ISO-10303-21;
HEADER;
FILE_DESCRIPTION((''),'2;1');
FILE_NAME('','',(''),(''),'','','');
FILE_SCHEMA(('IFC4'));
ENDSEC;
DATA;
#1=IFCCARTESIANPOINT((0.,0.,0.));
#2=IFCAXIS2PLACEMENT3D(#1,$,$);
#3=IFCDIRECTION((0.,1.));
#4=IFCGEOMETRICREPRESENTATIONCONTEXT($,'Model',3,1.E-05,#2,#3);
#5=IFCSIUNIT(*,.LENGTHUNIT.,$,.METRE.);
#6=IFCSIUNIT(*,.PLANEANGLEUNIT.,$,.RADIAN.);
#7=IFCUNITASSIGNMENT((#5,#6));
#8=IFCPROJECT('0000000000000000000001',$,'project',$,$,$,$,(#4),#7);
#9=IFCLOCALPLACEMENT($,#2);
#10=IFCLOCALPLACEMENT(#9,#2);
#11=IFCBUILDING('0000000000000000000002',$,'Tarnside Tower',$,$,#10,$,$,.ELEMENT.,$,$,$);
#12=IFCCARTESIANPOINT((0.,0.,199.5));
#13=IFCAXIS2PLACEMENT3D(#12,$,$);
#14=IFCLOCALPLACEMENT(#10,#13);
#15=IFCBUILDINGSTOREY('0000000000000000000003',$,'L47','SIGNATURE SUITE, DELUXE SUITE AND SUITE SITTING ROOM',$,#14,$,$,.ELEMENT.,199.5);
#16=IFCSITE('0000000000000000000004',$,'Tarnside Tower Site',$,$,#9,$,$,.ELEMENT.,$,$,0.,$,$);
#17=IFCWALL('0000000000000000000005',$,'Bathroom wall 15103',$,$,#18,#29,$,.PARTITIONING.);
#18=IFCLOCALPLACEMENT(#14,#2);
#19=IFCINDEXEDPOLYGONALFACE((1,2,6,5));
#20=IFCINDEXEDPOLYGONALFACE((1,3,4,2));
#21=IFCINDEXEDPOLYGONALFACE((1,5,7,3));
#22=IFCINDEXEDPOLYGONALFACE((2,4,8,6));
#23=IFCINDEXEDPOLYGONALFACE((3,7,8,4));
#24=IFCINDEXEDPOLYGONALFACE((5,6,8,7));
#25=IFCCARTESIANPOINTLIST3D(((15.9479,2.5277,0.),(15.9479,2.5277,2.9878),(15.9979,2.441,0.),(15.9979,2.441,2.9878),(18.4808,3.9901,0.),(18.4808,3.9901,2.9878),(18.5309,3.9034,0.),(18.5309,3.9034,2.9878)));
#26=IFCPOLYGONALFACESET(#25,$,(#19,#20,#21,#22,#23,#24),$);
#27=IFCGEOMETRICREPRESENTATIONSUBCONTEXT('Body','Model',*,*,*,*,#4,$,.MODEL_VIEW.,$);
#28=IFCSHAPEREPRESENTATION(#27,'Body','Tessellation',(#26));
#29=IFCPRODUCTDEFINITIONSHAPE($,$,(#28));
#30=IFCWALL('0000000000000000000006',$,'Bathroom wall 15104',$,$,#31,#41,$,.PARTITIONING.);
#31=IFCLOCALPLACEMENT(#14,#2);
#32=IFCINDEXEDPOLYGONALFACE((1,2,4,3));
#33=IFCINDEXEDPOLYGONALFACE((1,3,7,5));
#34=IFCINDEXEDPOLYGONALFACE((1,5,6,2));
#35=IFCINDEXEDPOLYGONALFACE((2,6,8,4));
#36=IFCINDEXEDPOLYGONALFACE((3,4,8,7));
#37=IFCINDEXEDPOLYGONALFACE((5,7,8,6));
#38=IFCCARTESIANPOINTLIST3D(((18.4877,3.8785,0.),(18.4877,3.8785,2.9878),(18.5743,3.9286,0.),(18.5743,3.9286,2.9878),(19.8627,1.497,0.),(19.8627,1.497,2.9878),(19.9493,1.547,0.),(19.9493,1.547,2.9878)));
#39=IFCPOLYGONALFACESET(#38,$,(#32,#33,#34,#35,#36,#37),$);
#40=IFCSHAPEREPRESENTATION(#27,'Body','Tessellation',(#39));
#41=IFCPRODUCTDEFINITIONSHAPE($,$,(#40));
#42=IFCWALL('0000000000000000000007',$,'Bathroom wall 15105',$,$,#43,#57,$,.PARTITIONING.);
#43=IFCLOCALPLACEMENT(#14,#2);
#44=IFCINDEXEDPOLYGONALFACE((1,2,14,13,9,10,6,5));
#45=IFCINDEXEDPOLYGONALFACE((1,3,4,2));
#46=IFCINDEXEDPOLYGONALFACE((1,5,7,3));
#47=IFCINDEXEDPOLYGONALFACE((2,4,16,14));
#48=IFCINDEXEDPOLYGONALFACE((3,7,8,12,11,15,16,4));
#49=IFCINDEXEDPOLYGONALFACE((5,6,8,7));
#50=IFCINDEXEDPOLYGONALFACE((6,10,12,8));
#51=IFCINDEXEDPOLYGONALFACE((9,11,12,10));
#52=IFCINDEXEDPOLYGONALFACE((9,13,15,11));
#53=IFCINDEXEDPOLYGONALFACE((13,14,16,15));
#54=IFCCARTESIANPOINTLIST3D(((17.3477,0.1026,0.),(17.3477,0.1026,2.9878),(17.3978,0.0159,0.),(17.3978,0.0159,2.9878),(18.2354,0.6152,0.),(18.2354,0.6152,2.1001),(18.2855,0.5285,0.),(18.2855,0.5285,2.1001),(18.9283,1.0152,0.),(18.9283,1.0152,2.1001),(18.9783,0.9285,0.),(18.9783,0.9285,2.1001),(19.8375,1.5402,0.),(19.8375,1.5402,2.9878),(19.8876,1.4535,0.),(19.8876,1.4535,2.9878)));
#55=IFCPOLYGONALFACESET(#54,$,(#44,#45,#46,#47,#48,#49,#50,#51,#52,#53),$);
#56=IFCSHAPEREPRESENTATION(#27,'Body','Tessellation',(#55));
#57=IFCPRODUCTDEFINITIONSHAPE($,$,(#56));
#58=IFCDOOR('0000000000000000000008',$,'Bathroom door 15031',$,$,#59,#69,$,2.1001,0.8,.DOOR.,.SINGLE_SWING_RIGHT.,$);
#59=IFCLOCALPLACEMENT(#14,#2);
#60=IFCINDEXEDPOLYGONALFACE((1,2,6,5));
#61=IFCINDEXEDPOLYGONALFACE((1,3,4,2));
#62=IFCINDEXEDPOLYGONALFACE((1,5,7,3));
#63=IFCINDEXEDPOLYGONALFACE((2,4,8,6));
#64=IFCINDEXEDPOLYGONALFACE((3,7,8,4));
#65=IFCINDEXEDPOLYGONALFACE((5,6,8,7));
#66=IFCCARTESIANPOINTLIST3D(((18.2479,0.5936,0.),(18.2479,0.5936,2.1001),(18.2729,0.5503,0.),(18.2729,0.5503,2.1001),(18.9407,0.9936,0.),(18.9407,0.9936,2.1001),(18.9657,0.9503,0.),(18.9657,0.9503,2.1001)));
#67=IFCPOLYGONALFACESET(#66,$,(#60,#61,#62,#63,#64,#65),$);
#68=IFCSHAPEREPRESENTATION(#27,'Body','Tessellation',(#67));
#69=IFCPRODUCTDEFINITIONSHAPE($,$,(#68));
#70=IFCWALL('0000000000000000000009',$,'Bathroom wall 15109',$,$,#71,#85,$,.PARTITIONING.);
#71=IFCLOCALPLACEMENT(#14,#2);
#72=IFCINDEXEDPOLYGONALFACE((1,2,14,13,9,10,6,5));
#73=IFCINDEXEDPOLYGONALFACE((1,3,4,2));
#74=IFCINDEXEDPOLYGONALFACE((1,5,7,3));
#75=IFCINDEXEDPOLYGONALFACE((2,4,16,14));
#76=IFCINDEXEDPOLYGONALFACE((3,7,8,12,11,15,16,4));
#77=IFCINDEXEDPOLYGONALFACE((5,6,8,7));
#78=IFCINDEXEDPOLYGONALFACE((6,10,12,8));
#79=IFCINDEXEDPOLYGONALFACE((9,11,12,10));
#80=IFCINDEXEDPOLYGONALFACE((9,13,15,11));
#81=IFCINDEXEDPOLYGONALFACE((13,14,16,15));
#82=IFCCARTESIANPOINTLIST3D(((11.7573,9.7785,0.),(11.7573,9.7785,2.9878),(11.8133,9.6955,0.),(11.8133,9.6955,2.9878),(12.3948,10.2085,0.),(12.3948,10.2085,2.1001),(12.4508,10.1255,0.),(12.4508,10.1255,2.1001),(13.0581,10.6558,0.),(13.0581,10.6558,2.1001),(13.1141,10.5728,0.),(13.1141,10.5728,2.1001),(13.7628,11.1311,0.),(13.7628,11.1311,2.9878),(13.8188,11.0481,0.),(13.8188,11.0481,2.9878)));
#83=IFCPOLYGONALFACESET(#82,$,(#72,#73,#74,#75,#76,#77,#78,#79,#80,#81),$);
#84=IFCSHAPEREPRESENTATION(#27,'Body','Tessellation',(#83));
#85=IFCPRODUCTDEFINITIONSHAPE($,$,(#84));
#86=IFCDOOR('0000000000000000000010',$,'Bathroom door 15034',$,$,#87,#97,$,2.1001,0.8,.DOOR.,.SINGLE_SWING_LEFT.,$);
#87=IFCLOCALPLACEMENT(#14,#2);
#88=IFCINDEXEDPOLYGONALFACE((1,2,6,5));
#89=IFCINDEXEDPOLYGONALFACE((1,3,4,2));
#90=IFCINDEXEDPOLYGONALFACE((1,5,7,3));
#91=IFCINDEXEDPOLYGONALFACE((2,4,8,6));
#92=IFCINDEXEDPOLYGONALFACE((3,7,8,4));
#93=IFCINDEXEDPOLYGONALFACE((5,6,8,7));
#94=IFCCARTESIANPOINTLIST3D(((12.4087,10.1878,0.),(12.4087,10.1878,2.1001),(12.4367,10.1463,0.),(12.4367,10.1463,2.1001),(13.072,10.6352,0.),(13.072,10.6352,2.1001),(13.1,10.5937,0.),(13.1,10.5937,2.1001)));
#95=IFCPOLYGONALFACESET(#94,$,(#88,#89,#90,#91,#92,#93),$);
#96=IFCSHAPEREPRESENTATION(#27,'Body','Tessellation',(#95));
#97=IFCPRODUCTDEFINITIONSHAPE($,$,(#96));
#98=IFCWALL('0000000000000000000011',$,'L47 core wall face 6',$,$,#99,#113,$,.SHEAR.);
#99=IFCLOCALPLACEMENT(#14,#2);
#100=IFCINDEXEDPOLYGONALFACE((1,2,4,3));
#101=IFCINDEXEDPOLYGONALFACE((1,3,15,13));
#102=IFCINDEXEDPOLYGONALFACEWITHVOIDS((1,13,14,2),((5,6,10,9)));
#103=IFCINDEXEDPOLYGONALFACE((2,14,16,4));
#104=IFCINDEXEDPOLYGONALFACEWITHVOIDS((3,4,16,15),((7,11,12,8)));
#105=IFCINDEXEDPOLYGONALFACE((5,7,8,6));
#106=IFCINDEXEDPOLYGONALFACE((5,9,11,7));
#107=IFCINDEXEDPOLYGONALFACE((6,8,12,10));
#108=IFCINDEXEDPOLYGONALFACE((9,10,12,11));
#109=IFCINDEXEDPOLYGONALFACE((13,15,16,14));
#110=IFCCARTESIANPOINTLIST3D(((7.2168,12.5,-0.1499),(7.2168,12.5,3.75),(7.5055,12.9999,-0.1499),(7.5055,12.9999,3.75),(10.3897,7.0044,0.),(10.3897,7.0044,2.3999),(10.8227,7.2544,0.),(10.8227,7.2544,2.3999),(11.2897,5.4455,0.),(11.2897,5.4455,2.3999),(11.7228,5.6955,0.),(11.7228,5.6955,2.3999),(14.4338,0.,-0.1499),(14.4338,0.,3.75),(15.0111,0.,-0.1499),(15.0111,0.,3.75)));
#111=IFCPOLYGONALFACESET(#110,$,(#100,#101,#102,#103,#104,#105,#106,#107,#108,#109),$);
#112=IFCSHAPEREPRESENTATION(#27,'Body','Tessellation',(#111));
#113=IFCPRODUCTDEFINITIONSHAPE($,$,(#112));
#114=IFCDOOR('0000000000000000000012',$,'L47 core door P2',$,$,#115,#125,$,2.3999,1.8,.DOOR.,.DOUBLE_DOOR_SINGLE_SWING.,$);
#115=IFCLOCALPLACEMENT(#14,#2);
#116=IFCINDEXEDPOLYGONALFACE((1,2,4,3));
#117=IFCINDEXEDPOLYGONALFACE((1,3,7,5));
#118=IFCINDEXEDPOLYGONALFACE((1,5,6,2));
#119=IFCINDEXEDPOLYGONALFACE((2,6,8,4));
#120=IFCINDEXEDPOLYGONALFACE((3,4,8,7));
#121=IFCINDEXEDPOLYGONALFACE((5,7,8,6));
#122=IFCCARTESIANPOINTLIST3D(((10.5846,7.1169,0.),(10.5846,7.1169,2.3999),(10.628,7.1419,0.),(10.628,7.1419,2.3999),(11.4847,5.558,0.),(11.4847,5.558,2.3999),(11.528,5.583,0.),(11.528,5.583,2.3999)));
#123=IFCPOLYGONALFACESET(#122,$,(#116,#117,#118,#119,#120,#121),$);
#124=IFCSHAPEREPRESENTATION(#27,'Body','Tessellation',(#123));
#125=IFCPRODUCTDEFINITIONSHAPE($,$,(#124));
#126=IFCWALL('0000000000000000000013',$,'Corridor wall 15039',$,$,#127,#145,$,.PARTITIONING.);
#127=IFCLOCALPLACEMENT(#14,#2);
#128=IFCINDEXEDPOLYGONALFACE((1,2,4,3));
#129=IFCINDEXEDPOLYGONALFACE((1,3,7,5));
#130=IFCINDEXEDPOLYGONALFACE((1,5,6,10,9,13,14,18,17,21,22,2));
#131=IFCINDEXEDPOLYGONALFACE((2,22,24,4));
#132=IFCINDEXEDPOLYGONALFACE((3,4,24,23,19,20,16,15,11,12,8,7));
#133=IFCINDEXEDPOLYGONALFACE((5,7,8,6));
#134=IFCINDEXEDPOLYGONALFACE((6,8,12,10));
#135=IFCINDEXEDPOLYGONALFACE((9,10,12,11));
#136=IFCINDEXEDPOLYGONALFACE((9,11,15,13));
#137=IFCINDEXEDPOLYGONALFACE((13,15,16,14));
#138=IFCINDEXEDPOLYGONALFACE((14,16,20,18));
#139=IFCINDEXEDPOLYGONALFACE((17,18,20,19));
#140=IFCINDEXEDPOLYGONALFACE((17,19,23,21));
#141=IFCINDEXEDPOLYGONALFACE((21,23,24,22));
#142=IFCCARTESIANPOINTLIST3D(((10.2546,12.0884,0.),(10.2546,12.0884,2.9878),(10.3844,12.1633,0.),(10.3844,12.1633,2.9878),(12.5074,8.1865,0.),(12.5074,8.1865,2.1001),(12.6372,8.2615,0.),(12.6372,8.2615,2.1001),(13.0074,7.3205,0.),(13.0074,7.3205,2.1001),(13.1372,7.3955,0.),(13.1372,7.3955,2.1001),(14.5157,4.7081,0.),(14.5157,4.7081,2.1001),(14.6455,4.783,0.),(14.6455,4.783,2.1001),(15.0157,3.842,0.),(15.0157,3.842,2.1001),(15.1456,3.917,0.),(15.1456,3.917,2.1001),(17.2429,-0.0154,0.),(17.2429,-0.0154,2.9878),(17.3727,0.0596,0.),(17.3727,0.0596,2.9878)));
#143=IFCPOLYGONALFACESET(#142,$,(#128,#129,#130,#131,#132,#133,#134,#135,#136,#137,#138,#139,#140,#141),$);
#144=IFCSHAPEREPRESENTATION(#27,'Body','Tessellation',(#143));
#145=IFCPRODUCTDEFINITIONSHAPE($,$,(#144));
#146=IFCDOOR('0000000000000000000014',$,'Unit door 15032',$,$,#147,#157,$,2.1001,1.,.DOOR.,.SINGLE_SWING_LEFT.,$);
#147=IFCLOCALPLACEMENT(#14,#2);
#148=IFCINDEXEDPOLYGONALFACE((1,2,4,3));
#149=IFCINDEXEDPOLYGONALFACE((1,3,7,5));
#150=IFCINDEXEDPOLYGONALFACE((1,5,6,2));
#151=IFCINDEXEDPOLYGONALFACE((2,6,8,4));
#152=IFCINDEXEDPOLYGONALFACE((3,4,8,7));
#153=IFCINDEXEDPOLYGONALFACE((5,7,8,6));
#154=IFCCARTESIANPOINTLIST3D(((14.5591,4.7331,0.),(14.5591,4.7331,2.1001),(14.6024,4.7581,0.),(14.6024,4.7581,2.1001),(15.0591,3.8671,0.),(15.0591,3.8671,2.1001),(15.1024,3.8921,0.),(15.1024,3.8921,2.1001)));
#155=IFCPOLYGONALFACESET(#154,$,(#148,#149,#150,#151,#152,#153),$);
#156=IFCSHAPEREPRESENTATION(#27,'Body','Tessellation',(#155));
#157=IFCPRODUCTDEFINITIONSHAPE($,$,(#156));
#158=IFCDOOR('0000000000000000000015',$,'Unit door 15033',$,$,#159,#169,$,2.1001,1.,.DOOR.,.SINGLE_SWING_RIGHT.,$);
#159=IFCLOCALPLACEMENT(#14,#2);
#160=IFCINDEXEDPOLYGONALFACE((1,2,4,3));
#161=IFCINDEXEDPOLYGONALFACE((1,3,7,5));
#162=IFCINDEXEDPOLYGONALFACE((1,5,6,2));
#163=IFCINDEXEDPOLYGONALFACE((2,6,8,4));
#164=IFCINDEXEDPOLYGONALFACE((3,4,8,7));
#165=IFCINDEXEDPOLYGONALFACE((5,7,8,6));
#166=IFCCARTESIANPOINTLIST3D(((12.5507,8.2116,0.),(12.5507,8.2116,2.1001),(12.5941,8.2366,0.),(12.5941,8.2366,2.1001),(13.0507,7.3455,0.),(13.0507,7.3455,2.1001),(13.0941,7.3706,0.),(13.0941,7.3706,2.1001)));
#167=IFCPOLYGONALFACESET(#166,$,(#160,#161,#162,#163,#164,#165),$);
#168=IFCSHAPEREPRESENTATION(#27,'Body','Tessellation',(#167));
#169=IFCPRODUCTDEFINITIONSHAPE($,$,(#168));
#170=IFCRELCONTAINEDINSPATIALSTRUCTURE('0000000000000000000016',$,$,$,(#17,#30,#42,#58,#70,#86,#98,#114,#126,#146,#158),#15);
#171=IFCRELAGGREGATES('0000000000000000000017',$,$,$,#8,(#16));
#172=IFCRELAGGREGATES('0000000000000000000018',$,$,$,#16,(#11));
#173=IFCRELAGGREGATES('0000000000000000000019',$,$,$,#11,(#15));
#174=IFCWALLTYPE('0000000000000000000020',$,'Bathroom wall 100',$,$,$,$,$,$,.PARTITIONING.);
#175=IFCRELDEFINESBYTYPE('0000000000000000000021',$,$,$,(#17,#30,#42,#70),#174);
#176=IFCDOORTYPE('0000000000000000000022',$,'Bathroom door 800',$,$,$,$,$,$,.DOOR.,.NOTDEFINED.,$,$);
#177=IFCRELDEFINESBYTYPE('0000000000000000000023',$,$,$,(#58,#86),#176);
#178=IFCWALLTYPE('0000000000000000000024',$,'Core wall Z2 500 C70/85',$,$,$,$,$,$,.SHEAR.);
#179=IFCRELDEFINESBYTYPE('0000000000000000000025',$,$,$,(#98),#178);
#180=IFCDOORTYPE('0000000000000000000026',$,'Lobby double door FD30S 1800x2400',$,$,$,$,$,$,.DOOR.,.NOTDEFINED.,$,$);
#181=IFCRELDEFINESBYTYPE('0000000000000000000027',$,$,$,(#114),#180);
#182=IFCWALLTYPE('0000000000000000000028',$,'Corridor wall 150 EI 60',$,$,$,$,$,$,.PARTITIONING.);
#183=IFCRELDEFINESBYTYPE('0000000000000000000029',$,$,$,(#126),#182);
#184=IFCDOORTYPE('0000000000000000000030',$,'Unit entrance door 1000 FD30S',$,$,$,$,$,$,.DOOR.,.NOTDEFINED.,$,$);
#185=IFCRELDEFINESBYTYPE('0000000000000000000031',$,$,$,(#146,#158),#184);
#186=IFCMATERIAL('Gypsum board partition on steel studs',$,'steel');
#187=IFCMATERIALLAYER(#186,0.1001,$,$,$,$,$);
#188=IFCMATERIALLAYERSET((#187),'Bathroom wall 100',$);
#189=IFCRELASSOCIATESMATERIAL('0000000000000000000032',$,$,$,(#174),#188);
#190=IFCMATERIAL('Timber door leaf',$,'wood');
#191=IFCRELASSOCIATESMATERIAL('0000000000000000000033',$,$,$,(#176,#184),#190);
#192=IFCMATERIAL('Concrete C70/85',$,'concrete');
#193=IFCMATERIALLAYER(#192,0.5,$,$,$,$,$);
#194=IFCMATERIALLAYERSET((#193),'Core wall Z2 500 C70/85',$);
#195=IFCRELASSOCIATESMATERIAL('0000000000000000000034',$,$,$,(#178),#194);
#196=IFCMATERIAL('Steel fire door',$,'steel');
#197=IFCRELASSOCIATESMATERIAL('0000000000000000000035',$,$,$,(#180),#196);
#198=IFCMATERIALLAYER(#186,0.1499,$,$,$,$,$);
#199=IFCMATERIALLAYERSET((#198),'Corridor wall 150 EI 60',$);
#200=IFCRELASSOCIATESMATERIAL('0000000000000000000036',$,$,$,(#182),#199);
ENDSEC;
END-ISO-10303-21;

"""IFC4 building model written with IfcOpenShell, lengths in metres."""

from ifc_helpers import new_model, si_unit, direction, frame, frame_2d, origin, place, context, subcontext, project, spatial, polyline, rectangle, outline, extrude, material, layer, layer_set, type_object, element, fill, save


model = new_model("IFC4")

# Units and contexts
model_context = context("Model", 3, precision=1e-05, world=origin(), true_north=direction((0.0, 1.0)))
body_context = subcontext(model_context, "Body", "Model", "MODEL_VIEW")
ifc_project = project(units=[si_unit("LENGTHUNIT", "METRE"), si_unit("PLANEANGLEUNIT", "RADIAN")], contexts=[model_context])

# Site, building, storey
site_placement = place(None, origin())
site = spatial("IfcSite", under=ifc_project, at=site_placement, Name="Tarnside Tower Site", CompositionType="ELEMENT", RefElevation=0.0)
building_placement = place(site_placement, origin())
building = spatial("IfcBuilding", under=site, at=building_placement, Name="Tarnside Tower", CompositionType="ELEMENT")
storey_placement = place(building_placement, frame((0.0, 0.0, 199.5)))
storey = spatial("IfcBuildingStorey", under=building, at=storey_placement, Name="L47", Description="SIGNATURE SUITE, DELUXE SUITE AND SUITE SITTING ROOM", CompositionType="ELEMENT", Elevation=199.5)

# Walls
ifc_material_1 = material(Name="Gypsum board partition on steel studs", Category="steel")
ifc_layer_1 = layer(ifc_material_1, 0.1001)
ifc_layer_set_1 = layer_set([ifc_layer_1], Name="Bathroom wall 100")
wall_type_1 = type_object("IfcWallType", Name="Bathroom wall 100", PredefinedType="PARTITIONING", material=ifc_layer_set_1)
wall_1_placement = place(storey_placement, frame((15.9729, 2.4844, 0.0), z_axis=(0.0, 0.0, 1.0), x_axis=(0.866026, 0.499999, 0.0)))
element("IfcWall", 1, at=wall_1_placement, inside=storey, type_object=wall_type_1, Name="Bathroom wall 15103", PredefinedType="PARTITIONING", context=body_context, shape_type="SweptSolid", body=[
    extrude(rectangle(XDim=2.9248, YDim=0.1001, at=frame_2d((1.4624, 0.0))), origin(), (0.0, 0.0, 1.0), 2.9878),
])
wall_2_placement = place(storey_placement, frame((18.531, 3.9036, 0.0), z_axis=(0.0, 0.0, 1.0), x_axis=(0.499997, -0.866027, 0.0)))
element("IfcWall", 2, at=wall_2_placement, inside=storey, type_object=wall_type_1, Name="Bathroom wall 15104", PredefinedType="PARTITIONING", context=body_context, shape_type="SweptSolid", body=[
    extrude(rectangle(XDim=2.75, YDim=0.1001, at=frame_2d((1.375, 0.0))), origin(), (0.0, 0.0, 1.0), 2.9878),
])

# Walls, openings, doors
wall_3_placement = place(storey_placement, frame((19.8625, 1.4968, 0.0), z_axis=(0.0, 0.0, 1.0), x_axis=(-0.866019, -0.500012, 0.0)))
wall_3 = element("IfcWall", 3, at=wall_3_placement, inside=storey, type_object=wall_type_1, Name="Bathroom wall 15105", PredefinedType="PARTITIONING", context=body_context, shape_type="SweptSolid", body=[
    extrude(rectangle(XDim=2.875, YDim=0.1001, at=frame_2d((1.4375, 0.0))), origin(), (0.0, 0.0, 1.0), 2.9878),
])
opening_1_placement = place(wall_3_placement, frame((1.05, 0.0, 0.0)))
opening_1 = element("IfcOpeningElement", 4, at=opening_1_placement, cuts=wall_3, PredefinedType="OPENING", context=body_context, shape_type="SweptSolid", body=[
    extrude(rectangle(XDim=0.8, YDim=2.1001, at=frame_2d((0.3999, 1.05))), frame((0.0, 0.0601, 0.0), z_axis=(0.0, -1.0, 0.0), x_axis=(1.0, 0.0, 0.0)), (0.0, 0.0, 1.0), 0.1201),
])
ifc_material_2 = material(Name="Timber door leaf", Category="wood")
door_type_1 = type_object("IfcDoorType", Name="Bathroom door 800", OperationType="NOTDEFINED", PredefinedType="DOOR", material=ifc_material_2)
door_1_placement = place(opening_1_placement, origin())
door_1 = element("IfcDoor", 5, at=door_1_placement, inside=storey, type_object=door_type_1, Name="Bathroom door 15031", OperationType="SINGLE_SWING_RIGHT", OverallHeight=2.1001, OverallWidth=0.8, PredefinedType="DOOR", context=body_context, shape_type="SweptSolid", body=[
    extrude(rectangle(XDim=0.8, YDim=2.1001, at=frame_2d((0.3999, 1.05))), frame((0.0, 0.0249, 0.0), z_axis=(0.0, -1.0, 0.0), x_axis=(1.0, 0.0, 0.0)), (0.0, 0.0, 1.0), 0.05),
])
fill(opening_1, door_1)
wall_4_placement = place(storey_placement, frame((13.7908, 11.0896, 0.0), z_axis=(0.0, 0.0, 1.0), x_axis=(-0.829057, -0.559164, 0.0)))
wall_4 = element("IfcWall", 6, at=wall_4_placement, inside=storey, type_object=wall_type_1, Name="Bathroom wall 15109", PredefinedType="PARTITIONING", context=body_context, shape_type="SweptSolid", body=[
    extrude(rectangle(XDim=2.4189, YDim=0.1001, at=frame_2d((1.2095, 0.0))), origin(), (0.0, 0.0, 1.0), 2.9878),
])
opening_2_placement = place(wall_4_placement, frame((0.8501, 0.0, 0.0)))
opening_2 = element("IfcOpeningElement", 7, at=opening_2_placement, cuts=wall_4, PredefinedType="OPENING", context=body_context, shape_type="SweptSolid", body=[
    extrude(rectangle(XDim=0.8, YDim=2.1001, at=frame_2d((0.3999, 1.05))), frame((0.0, 0.0601, 0.0), z_axis=(0.0, -1.0, 0.0), x_axis=(1.0, 0.0, 0.0)), (0.0, 0.0, 1.0), 0.1201),
])
door_2_placement = place(opening_2_placement, origin())
door_2 = element("IfcDoor", 8, at=door_2_placement, inside=storey, type_object=door_type_1, Name="Bathroom door 15034", OperationType="SINGLE_SWING_LEFT", OverallHeight=2.1001, OverallWidth=0.8, PredefinedType="DOOR", context=body_context, shape_type="SweptSolid", body=[
    extrude(rectangle(XDim=0.8, YDim=2.1001, at=frame_2d((0.3999, 1.05))), frame((0.0, 0.0249, 0.0), z_axis=(0.0, -1.0, 0.0), x_axis=(1.0, 0.0, 0.0)), (0.0, 0.0, 1.0), 0.05),
])
fill(opening_2, door_2)
ifc_material_3 = material(Name="Concrete C70/85", Category="concrete")
ifc_layer_2 = layer(ifc_material_3, 0.5)
ifc_layer_set_2 = layer_set([ifc_layer_2], Name="Core wall Z2 500 C70/85")
wall_type_2 = type_object("IfcWallType", Name="Core wall Z2 500 C70/85", PredefinedType="SHEAR", material=ifc_layer_set_2)
wall_5_placement = place(storey_placement, frame((14.7224, 0.0, -0.1499), z_axis=(0.0, 0.0, 1.0), x_axis=(-0.500006, 0.866022, 0.0)))
wall_5 = element("IfcWall", 9, at=wall_5_placement, inside=storey, type_object=wall_type_2, Name="L47 core wall face 6", PredefinedType="SHEAR", context=body_context, shape_type="SweptSolid", body=[
    extrude(outline(polyline([(-0.1443, -0.25), (14.8667, -0.25), (14.5781, 0.25), (0.1443, 0.25), (-0.1443, -0.25)])), origin(), (0.0, 0.0, 1.0), 3.8999),
])
opening_3_placement = place(wall_5_placement, frame((6.4324, 0.0, 0.1499)))
opening_3 = element("IfcOpeningElement", 10, at=opening_3_placement, cuts=wall_5, PredefinedType="OPENING", context=body_context, shape_type="SweptSolid", body=[
    extrude(rectangle(XDim=1.8, YDim=2.3999, at=frame_2d((0.8999, 1.2))), frame((0.0, 0.26, 0.0), z_axis=(0.0, -1.0, 0.0), x_axis=(1.0, 0.0, 0.0)), (0.0, 0.0, 1.0), 0.52),
])
ifc_material_4 = material(Name="Steel fire door", Category="steel")
door_type_2 = type_object("IfcDoorType", Name="Lobby double door FD30S 1800x2400", OperationType="NOTDEFINED", PredefinedType="DOOR", material=ifc_material_4)
door_3_placement = place(opening_3_placement, origin())
door_3 = element("IfcDoor", 11, at=door_3_placement, inside=storey, type_object=door_type_2, Name="L47 core door P2", OperationType="DOUBLE_DOOR_SINGLE_SWING", OverallHeight=2.3999, OverallWidth=1.8, PredefinedType="DOOR", context=body_context, shape_type="SweptSolid", body=[
    extrude(rectangle(XDim=1.8, YDim=2.3999, at=frame_2d((0.8999, 1.2))), frame((0.0, 0.0249, 0.0), z_axis=(0.0, -1.0, 0.0), x_axis=(1.0, 0.0, 0.0)), (0.0, 0.0, 1.0), 0.05),
])
fill(opening_3, door_3)

# Wall, openings, doors
ifc_layer_3 = layer(ifc_material_1, 0.1499)
ifc_layer_set_3 = layer_set([ifc_layer_3], Name="Corridor wall 150 EI 60")
wall_type_3 = type_object("IfcWallType", Name="Corridor wall 150 EI 60", PredefinedType="PARTITIONING", material=ifc_layer_set_3)
wall_6_placement = place(storey_placement, frame((17.3079, 0.022, 0.0), z_axis=(0.0, 0.0, 1.0), x_axis=(-0.500009, 0.86602, 0.0)))
wall_6 = element("IfcWall", 12, at=wall_6_placement, inside=storey, type_object=wall_type_3, Name="Corridor wall 15039", PredefinedType="PARTITIONING", context=body_context, shape_type="SweptSolid", body=[
    extrude(rectangle(XDim=13.9763, YDim=0.1499, at=frame_2d((6.9883, 0.0))), origin(), (0.0, 0.0, 1.0), 2.9878),
])
opening_4_placement = place(wall_6_placement, frame((4.4543, 0.0, 0.0)))
opening_4 = element("IfcOpeningElement", 13, at=opening_4_placement, cuts=wall_6, PredefinedType="OPENING", context=body_context, shape_type="SweptSolid", body=[
    extrude(rectangle(XDim=1.0, YDim=2.1001, at=frame_2d((0.5, 1.05))), frame((0.0, 0.085, 0.0), z_axis=(0.0, -1.0, 0.0), x_axis=(1.0, 0.0, 0.0)), (0.0, 0.0, 1.0), 0.1699),
])
opening_5_placement = place(wall_6_placement, frame((8.4709, 0.0, 0.0)))
opening_5 = element("IfcOpeningElement", 14, at=opening_5_placement, cuts=wall_6, PredefinedType="OPENING", context=body_context, shape_type="SweptSolid", body=[
    extrude(rectangle(XDim=1.0, YDim=2.1001, at=frame_2d((0.5, 1.05))), frame((0.0, 0.085, 0.0), z_axis=(0.0, -1.0, 0.0), x_axis=(1.0, 0.0, 0.0)), (0.0, 0.0, 1.0), 0.1699),
])
door_type_3 = type_object("IfcDoorType", Name="Unit entrance door 1000 FD30S", OperationType="NOTDEFINED", PredefinedType="DOOR", material=ifc_material_2)
door_4_placement = place(opening_4_placement, origin())
door_4 = element("IfcDoor", 15, at=door_4_placement, inside=storey, type_object=door_type_3, Name="Unit door 15032", OperationType="SINGLE_SWING_LEFT", OverallHeight=2.1001, OverallWidth=1.0, PredefinedType="DOOR", context=body_context, shape_type="SweptSolid", body=[
    extrude(rectangle(XDim=1.0, YDim=2.1001, at=frame_2d((0.5, 1.05))), frame((0.0, 0.0249, 0.0), z_axis=(0.0, -1.0, 0.0), x_axis=(1.0, 0.0, 0.0)), (0.0, 0.0, 1.0), 0.05),
])
fill(opening_4, door_4)
door_5_placement = place(opening_5_placement, origin())
door_5 = element("IfcDoor", 16, at=door_5_placement, inside=storey, type_object=door_type_3, Name="Unit door 15033", OperationType="SINGLE_SWING_RIGHT", OverallHeight=2.1001, OverallWidth=1.0, PredefinedType="DOOR", context=body_context, shape_type="SweptSolid", body=[
    extrude(rectangle(XDim=1.0, YDim=2.1001, at=frame_2d((0.5, 1.05))), frame((0.0, 0.0249, 0.0), z_axis=(0.0, -1.0, 0.0), x_axis=(1.0, 0.0, 0.0)), (0.0, 0.0, 1.0), 0.05),
])
fill(opening_5, door_5)

save(model, "model.ifc")
